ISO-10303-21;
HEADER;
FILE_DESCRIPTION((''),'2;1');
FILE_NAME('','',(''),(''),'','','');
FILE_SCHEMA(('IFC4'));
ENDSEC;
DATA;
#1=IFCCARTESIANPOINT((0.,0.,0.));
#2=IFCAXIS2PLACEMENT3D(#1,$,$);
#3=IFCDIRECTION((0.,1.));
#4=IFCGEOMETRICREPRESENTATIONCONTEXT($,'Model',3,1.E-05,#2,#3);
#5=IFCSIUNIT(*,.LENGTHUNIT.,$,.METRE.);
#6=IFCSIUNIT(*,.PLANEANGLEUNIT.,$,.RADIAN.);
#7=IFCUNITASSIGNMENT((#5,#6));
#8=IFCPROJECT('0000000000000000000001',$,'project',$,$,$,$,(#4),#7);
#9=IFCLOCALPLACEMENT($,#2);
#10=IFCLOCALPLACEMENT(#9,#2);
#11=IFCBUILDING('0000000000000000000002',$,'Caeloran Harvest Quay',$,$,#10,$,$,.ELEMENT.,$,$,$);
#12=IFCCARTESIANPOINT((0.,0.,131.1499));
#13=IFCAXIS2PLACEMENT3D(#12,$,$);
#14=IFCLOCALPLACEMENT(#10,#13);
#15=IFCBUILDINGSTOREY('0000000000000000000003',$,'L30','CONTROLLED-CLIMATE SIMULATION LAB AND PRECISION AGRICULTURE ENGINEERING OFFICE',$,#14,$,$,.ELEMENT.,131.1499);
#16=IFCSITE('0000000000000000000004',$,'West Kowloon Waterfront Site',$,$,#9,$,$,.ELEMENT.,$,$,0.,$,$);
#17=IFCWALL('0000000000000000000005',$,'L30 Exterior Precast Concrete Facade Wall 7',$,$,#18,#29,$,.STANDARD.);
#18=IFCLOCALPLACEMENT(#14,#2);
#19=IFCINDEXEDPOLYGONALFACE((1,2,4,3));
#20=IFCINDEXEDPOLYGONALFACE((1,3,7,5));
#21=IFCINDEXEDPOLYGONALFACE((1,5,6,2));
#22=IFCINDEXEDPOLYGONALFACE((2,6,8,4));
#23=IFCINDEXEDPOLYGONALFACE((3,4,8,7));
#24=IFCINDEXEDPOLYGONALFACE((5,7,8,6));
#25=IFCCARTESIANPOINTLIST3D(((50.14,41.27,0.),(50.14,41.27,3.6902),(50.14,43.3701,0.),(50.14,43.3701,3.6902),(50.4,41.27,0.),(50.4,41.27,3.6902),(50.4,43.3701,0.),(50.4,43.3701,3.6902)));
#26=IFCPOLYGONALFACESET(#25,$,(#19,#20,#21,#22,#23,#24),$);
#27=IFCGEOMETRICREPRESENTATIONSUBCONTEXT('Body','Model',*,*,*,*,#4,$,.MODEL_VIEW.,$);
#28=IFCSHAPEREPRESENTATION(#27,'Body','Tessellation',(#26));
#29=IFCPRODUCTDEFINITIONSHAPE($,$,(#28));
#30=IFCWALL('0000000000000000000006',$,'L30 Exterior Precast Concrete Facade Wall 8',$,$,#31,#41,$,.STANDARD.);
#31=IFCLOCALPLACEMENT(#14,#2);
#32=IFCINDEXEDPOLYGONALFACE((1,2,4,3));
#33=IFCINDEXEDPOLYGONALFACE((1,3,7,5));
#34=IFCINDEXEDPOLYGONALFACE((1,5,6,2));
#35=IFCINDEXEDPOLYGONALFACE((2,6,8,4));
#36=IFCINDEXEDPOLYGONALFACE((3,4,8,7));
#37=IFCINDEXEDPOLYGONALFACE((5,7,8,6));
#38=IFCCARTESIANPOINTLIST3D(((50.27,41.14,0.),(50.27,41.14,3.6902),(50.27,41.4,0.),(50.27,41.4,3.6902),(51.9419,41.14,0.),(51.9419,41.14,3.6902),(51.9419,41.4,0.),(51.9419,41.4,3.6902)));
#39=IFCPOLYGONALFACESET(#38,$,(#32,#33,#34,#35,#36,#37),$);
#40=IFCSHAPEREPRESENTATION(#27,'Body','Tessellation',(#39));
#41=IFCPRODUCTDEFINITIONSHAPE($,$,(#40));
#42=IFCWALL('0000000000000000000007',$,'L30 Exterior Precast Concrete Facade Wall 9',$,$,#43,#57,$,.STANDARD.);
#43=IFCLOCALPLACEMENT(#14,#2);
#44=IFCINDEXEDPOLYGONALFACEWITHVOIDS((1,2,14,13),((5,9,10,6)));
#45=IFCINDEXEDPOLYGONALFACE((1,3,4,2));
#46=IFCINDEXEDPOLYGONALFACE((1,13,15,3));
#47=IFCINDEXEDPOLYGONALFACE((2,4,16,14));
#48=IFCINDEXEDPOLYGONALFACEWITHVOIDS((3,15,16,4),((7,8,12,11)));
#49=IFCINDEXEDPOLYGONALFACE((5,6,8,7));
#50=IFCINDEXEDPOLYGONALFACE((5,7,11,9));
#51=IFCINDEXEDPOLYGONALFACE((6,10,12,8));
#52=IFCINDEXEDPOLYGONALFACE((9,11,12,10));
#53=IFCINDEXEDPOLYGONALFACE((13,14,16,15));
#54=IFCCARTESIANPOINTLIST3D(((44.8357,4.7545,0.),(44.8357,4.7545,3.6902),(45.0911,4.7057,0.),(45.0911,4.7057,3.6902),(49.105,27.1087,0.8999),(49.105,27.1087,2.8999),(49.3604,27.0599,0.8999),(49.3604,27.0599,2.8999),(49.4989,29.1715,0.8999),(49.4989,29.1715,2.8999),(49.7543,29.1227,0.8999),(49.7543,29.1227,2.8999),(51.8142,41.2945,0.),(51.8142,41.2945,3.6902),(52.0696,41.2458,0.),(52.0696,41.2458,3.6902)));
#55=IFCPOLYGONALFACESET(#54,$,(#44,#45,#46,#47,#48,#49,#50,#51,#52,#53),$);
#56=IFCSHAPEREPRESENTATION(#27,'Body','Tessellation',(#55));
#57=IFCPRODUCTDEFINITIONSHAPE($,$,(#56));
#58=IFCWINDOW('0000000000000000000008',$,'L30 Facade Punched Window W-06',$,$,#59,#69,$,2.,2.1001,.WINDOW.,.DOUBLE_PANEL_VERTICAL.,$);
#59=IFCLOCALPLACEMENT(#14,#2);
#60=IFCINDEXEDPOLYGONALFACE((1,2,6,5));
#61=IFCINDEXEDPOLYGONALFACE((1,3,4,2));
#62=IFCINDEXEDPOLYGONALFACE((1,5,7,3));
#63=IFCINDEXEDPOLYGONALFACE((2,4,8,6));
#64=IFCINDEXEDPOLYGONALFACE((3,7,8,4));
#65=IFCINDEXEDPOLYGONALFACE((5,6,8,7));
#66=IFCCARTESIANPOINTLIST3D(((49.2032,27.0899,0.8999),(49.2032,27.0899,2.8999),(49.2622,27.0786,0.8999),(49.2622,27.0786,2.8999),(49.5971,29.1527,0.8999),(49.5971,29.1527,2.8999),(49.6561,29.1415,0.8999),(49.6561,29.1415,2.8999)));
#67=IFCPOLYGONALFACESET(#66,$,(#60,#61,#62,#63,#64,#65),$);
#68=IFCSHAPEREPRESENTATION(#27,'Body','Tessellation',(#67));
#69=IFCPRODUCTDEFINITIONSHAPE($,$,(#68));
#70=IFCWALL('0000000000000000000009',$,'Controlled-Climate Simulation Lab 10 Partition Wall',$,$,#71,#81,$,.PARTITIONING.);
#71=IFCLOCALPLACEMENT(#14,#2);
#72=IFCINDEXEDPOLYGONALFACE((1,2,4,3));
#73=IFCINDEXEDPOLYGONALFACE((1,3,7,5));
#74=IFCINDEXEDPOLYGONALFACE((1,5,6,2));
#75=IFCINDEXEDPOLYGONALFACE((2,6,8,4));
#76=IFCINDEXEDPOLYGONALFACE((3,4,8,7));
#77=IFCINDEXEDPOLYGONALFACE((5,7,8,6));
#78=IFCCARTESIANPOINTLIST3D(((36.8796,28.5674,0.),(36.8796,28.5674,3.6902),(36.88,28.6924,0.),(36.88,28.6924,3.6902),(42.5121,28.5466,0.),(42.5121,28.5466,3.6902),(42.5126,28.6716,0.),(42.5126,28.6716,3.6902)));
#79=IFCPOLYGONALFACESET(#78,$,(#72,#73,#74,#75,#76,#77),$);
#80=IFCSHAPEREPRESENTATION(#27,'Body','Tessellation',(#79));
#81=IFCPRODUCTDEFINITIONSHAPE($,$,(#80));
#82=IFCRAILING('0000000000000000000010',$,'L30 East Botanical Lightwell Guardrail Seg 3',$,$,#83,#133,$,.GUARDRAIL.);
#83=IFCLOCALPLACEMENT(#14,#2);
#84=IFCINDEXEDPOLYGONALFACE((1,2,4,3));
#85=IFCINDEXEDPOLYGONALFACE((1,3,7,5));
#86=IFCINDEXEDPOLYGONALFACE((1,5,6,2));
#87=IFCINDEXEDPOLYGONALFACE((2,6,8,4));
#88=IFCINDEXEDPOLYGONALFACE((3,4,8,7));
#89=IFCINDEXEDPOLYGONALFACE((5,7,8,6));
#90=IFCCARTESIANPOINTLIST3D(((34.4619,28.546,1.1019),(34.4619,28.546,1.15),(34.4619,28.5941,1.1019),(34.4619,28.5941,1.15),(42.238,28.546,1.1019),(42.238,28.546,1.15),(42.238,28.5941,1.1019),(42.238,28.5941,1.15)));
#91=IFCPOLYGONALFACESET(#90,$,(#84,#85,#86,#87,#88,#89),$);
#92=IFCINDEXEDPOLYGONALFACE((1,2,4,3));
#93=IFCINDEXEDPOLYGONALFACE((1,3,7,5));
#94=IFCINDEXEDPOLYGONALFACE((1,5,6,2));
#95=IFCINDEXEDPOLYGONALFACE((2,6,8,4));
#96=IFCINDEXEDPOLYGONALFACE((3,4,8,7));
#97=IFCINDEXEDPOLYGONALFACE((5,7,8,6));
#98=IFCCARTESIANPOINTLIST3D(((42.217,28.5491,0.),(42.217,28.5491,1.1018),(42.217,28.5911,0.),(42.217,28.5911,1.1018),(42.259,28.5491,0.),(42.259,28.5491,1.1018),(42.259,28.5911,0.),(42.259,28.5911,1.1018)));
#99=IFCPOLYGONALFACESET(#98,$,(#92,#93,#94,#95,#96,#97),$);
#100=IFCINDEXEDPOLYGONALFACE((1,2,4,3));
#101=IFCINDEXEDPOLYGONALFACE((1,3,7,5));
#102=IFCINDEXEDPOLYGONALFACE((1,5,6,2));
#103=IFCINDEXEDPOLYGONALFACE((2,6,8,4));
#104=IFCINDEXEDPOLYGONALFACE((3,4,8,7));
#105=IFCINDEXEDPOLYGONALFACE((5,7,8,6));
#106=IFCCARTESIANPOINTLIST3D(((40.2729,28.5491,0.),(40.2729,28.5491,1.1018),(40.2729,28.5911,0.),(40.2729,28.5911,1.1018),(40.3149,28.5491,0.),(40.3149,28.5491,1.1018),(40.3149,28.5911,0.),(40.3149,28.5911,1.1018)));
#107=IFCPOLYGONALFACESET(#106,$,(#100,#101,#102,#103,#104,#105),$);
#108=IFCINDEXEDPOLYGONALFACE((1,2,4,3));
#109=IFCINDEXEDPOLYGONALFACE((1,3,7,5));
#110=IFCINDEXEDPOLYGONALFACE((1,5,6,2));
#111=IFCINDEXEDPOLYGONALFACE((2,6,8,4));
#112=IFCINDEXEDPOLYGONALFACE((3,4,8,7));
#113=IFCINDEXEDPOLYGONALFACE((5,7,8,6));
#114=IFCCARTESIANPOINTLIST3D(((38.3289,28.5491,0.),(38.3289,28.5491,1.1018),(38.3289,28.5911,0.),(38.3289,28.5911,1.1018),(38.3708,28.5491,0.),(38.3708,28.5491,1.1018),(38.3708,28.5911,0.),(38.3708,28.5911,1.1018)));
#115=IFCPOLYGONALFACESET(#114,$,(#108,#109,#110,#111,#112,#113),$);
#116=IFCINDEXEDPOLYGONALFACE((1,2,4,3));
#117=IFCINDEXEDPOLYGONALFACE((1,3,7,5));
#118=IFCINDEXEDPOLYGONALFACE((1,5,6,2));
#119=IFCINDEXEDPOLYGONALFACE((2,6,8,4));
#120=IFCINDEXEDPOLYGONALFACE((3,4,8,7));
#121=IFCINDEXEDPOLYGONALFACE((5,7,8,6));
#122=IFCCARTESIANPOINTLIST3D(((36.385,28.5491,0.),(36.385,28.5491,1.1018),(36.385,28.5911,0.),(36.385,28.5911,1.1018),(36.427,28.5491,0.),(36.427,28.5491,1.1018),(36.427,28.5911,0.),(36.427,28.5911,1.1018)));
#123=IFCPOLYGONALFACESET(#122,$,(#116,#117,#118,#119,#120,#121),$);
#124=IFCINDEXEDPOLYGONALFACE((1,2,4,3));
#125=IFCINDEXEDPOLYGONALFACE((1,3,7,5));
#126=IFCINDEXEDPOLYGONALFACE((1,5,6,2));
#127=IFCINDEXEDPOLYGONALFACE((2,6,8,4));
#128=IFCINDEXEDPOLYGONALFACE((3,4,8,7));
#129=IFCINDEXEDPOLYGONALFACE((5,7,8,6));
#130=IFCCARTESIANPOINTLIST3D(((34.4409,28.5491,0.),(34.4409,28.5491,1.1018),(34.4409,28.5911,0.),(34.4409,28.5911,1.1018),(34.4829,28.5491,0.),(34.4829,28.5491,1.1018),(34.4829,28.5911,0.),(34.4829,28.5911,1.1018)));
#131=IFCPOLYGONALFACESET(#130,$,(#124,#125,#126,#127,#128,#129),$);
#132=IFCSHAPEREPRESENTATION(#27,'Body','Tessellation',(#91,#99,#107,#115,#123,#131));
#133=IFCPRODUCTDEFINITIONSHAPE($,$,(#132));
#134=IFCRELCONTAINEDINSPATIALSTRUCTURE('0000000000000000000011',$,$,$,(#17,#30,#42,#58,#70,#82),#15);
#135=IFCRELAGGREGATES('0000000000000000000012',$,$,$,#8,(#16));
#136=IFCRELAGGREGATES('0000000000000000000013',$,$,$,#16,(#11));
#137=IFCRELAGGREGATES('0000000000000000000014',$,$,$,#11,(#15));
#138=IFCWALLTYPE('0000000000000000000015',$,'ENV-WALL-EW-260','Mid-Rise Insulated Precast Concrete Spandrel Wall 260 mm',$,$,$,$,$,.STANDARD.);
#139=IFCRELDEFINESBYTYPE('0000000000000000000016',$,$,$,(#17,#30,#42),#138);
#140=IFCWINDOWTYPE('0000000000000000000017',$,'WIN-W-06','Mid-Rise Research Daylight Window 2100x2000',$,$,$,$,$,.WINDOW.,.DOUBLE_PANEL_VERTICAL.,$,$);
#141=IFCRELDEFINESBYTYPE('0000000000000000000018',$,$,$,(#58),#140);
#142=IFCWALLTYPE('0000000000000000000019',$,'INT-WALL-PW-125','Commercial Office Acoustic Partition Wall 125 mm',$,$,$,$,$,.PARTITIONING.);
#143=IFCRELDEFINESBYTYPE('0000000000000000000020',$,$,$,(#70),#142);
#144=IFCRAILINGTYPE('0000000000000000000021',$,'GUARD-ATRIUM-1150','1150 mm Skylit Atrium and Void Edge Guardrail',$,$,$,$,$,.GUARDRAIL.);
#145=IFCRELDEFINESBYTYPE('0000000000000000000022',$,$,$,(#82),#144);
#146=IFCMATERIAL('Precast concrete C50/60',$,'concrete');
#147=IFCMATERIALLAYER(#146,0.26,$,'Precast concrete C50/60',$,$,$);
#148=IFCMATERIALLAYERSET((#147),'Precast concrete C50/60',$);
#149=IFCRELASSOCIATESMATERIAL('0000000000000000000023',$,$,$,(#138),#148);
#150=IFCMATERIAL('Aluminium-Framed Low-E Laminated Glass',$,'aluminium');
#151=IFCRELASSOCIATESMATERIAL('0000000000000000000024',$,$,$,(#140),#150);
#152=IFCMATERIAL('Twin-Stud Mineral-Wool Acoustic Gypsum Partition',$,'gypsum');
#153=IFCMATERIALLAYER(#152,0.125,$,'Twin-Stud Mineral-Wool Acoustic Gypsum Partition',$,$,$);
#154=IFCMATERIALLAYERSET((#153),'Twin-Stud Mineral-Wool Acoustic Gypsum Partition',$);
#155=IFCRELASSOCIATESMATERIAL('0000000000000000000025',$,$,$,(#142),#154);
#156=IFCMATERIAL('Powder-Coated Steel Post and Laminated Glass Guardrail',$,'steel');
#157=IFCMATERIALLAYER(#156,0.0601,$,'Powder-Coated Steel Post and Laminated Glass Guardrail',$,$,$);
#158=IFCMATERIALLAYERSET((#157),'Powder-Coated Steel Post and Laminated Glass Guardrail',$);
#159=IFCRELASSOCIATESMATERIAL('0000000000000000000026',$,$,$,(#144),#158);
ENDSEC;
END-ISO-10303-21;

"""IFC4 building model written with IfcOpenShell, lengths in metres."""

from ifc_helpers import new_model, si_unit, direction, frame, frame_2d, origin, origin_2d, place, context, subcontext, project, spatial, rectangle, extrude, material, layer, layer_set, type_object, element, fill, save


model = new_model("IFC4")

# Units and contexts
model_context = context("Model", 3, precision=1e-05, world=origin(), true_north=direction((0.0, 1.0)))
body_context = subcontext(model_context, "Body", "Model", "MODEL_VIEW")
ifc_project = project(units=[si_unit("LENGTHUNIT", "METRE"), si_unit("PLANEANGLEUNIT", "RADIAN")], contexts=[model_context])

# Site, building, storey
site_placement = place(None, origin())
site = spatial("IfcSite", under=ifc_project, at=site_placement, Name="West Kowloon Waterfront Site", CompositionType="ELEMENT", RefElevation=0.0)
building_placement = place(site_placement, origin())
building = spatial("IfcBuilding", under=site, at=building_placement, Name="Caeloran Harvest Quay", CompositionType="ELEMENT")
storey_placement = place(building_placement, frame((0.0, 0.0, 131.1499)))
storey = spatial("IfcBuildingStorey", under=building, at=storey_placement, Name="L30", Description="CONTROLLED-CLIMATE SIMULATION LAB AND PRECISION AGRICULTURE ENGINEERING OFFICE", CompositionType="ELEMENT", Elevation=131.1499)

# Walls
ifc_material_1 = material(Name="Precast concrete C50/60", Category="concrete")
ifc_layer_1 = layer(ifc_material_1, 0.26, Name="Precast concrete C50/60")
ifc_layer_set_1 = layer_set([ifc_layer_1], Name="Precast concrete C50/60")
wall_type_1 = type_object("IfcWallType", Name="ENV-WALL-EW-260", Description="Mid-Rise Insulated Precast Concrete Spandrel Wall 260 mm", PredefinedType="STANDARD", material=ifc_layer_set_1)
wall_1_placement = place(storey_placement, frame((50.27, 43.3701, 0.0), z_axis=(0.0, 0.0, 1.0), x_axis=(0.0, -1.0, 0.0)))
element("IfcWall", 1, at=wall_1_placement, inside=storey, type_object=wall_type_1, Name="L30 Exterior Precast Concrete Facade Wall 7", PredefinedType="STANDARD", context=body_context, shape_type="SweptSolid", body=[
    extrude(rectangle(XDim=2.1001, YDim=0.26, at=frame_2d((1.05, 0.0))), origin(), (0.0, 0.0, 1.0), 3.6902),
])
wall_2_placement = place(storey_placement, frame((50.27, 41.27, 0.0), z_axis=(0.0, 0.0, 1.0), x_axis=(1.0, 0.0, 0.0)))
element("IfcWall", 2, at=wall_2_placement, inside=storey, type_object=wall_type_1, Name="L30 Exterior Precast Concrete Facade Wall 8", PredefinedType="STANDARD", context=body_context, shape_type="SweptSolid", body=[
    extrude(rectangle(XDim=1.6719, YDim=0.26, at=frame_2d((0.8359, 0.0))), origin(), (0.0, 0.0, 1.0), 3.6902),
])

# Wall, opening, window
wall_3_placement = place(storey_placement, frame((51.9419, 41.27, 0.0), z_axis=(0.0, 0.0, 1.0), x_axis=(-0.187592, -0.982247, 0.0)))
wall_3 = element("IfcWall", 3, at=wall_3_placement, inside=storey, type_object=wall_type_1, Name="L30 Exterior Precast Concrete Facade Wall 9", PredefinedType="STANDARD", context=body_context, shape_type="SweptSolid", body=[
    extrude(rectangle(XDim=37.2004, YDim=0.26, at=frame_2d((18.6001, 0.0))), origin(), (0.0, 0.0, 1.0), 3.6902),
])
opening_placement = place(wall_3_placement, frame((12.342, 0.0, 0.8999)))
opening = element("IfcOpeningElement", 4, at=opening_placement, cuts=wall_3, PredefinedType="OPENING", context=body_context, shape_type="SweptSolid", body=[
    extrude(rectangle(XDim=2.1001, YDim=2.0, at=frame_2d((1.05, 1.0))), frame((0.0, 0.1401, 0.0), z_axis=(0.0, -1.0, 0.0), x_axis=(1.0, 0.0, 0.0)), (0.0, 0.0, 1.0), 0.28),
])
ifc_material_2 = material(Name="Aluminium-Framed Low-E Laminated Glass", Category="aluminium")
window_type = type_object("IfcWindowType", Name="WIN-W-06", Description="Mid-Rise Research Daylight Window 2100x2000", PartitioningType="DOUBLE_PANEL_VERTICAL", PredefinedType="WINDOW", material=ifc_material_2)
window_placement = place(opening_placement, origin())
window = element("IfcWindow", 5, at=window_placement, inside=storey, type_object=window_type, Name="L30 Facade Punched Window W-06", OverallHeight=2.0, OverallWidth=2.1001, PartitioningType="DOUBLE_PANEL_VERTICAL", PredefinedType="WINDOW", context=body_context, shape_type="SweptSolid", body=[
    extrude(rectangle(XDim=2.1001, YDim=2.0, at=frame_2d((1.05, 1.0))), frame((0.0, 0.03, 0.0), z_axis=(0.0, -1.0, 0.0), x_axis=(1.0, 0.0, 0.0)), (0.0, 0.0, 1.0), 0.0601),
])
fill(opening, window)

# Wall
ifc_material_3 = material(Name="Twin-Stud Mineral-Wool Acoustic Gypsum Partition", Category="gypsum")
ifc_layer_2 = layer(ifc_material_3, 0.125, Name="Twin-Stud Mineral-Wool Acoustic Gypsum Partition")
ifc_layer_set_2 = layer_set([ifc_layer_2], Name="Twin-Stud Mineral-Wool Acoustic Gypsum Partition")
wall_type_2 = type_object("IfcWallType", Name="INT-WALL-PW-125", Description="Commercial Office Acoustic Partition Wall 125 mm", PredefinedType="PARTITIONING", material=ifc_layer_set_2)
wall_4_placement = place(storey_placement, frame((42.5125, 28.6091, 0.0), z_axis=(0.0, 0.0, 1.0), x_axis=(-0.999993, 0.003684, 0.0)))
element("IfcWall", 6, at=wall_4_placement, inside=storey, type_object=wall_type_2, Name="Controlled-Climate Simulation Lab 10 Partition Wall", PredefinedType="PARTITIONING", context=body_context, shape_type="SweptSolid", body=[
    extrude(rectangle(XDim=5.6326, YDim=0.125, at=frame_2d((2.8164, 0.0))), origin(), (0.0, 0.0, 1.0), 3.6902),
])

# Railing
ifc_material_4 = material(Name="Powder-Coated Steel Post and Laminated Glass Guardrail", Category="steel")
ifc_layer_3 = layer(ifc_material_4, 0.0601, Name="Powder-Coated Steel Post and Laminated Glass Guardrail")
ifc_layer_set_3 = layer_set([ifc_layer_3], Name="Powder-Coated Steel Post and Laminated Glass Guardrail")
railing_type = type_object("IfcRailingType", Name="GUARD-ATRIUM-1150", Description="1150 mm Skylit Atrium and Void Edge Guardrail", PredefinedType="GUARDRAIL", material=ifc_layer_set_3)
railing_placement = place(storey_placement, frame((42.238, 28.5701, 0.0)))
element("IfcRailing", 7, at=railing_placement, inside=storey, type_object=railing_type, Name="L30 East Botanical Lightwell Guardrail Seg 3", PredefinedType="GUARDRAIL", context=body_context, shape_type="SweptSolid", body=[
    extrude(rectangle(XDim=0.0481, YDim=0.0481, at=origin_2d()), frame((0.0, 0.0, 1.126), z_axis=(-1.0, 0.0, 0.0), x_axis=(0.0, -1.0, 0.0)), (0.0, 0.0, 1.0), 7.7761),
    extrude(rectangle(XDim=0.042, YDim=0.042, at=origin_2d()), origin(), (0.0, 0.0, 1.0), 1.1018),
    extrude(rectangle(XDim=0.042, YDim=0.042, at=origin_2d()), frame((-1.9441, 0.0, 0.0)), (0.0, 0.0, 1.0), 1.1018),
    extrude(rectangle(XDim=0.042, YDim=0.042, at=origin_2d()), frame((-3.8882, 0.0, 0.0)), (0.0, 0.0, 1.0), 1.1018),
    extrude(rectangle(XDim=0.042, YDim=0.042, at=origin_2d()), frame((-5.832, 0.0, 0.0)), (0.0, 0.0, 1.0), 1.1018),
    extrude(rectangle(XDim=0.042, YDim=0.042, at=origin_2d()), frame((-7.7761, 0.0, 0.0)), (0.0, 0.0, 1.0), 1.1018),
])

save(model, "model.ifc")
